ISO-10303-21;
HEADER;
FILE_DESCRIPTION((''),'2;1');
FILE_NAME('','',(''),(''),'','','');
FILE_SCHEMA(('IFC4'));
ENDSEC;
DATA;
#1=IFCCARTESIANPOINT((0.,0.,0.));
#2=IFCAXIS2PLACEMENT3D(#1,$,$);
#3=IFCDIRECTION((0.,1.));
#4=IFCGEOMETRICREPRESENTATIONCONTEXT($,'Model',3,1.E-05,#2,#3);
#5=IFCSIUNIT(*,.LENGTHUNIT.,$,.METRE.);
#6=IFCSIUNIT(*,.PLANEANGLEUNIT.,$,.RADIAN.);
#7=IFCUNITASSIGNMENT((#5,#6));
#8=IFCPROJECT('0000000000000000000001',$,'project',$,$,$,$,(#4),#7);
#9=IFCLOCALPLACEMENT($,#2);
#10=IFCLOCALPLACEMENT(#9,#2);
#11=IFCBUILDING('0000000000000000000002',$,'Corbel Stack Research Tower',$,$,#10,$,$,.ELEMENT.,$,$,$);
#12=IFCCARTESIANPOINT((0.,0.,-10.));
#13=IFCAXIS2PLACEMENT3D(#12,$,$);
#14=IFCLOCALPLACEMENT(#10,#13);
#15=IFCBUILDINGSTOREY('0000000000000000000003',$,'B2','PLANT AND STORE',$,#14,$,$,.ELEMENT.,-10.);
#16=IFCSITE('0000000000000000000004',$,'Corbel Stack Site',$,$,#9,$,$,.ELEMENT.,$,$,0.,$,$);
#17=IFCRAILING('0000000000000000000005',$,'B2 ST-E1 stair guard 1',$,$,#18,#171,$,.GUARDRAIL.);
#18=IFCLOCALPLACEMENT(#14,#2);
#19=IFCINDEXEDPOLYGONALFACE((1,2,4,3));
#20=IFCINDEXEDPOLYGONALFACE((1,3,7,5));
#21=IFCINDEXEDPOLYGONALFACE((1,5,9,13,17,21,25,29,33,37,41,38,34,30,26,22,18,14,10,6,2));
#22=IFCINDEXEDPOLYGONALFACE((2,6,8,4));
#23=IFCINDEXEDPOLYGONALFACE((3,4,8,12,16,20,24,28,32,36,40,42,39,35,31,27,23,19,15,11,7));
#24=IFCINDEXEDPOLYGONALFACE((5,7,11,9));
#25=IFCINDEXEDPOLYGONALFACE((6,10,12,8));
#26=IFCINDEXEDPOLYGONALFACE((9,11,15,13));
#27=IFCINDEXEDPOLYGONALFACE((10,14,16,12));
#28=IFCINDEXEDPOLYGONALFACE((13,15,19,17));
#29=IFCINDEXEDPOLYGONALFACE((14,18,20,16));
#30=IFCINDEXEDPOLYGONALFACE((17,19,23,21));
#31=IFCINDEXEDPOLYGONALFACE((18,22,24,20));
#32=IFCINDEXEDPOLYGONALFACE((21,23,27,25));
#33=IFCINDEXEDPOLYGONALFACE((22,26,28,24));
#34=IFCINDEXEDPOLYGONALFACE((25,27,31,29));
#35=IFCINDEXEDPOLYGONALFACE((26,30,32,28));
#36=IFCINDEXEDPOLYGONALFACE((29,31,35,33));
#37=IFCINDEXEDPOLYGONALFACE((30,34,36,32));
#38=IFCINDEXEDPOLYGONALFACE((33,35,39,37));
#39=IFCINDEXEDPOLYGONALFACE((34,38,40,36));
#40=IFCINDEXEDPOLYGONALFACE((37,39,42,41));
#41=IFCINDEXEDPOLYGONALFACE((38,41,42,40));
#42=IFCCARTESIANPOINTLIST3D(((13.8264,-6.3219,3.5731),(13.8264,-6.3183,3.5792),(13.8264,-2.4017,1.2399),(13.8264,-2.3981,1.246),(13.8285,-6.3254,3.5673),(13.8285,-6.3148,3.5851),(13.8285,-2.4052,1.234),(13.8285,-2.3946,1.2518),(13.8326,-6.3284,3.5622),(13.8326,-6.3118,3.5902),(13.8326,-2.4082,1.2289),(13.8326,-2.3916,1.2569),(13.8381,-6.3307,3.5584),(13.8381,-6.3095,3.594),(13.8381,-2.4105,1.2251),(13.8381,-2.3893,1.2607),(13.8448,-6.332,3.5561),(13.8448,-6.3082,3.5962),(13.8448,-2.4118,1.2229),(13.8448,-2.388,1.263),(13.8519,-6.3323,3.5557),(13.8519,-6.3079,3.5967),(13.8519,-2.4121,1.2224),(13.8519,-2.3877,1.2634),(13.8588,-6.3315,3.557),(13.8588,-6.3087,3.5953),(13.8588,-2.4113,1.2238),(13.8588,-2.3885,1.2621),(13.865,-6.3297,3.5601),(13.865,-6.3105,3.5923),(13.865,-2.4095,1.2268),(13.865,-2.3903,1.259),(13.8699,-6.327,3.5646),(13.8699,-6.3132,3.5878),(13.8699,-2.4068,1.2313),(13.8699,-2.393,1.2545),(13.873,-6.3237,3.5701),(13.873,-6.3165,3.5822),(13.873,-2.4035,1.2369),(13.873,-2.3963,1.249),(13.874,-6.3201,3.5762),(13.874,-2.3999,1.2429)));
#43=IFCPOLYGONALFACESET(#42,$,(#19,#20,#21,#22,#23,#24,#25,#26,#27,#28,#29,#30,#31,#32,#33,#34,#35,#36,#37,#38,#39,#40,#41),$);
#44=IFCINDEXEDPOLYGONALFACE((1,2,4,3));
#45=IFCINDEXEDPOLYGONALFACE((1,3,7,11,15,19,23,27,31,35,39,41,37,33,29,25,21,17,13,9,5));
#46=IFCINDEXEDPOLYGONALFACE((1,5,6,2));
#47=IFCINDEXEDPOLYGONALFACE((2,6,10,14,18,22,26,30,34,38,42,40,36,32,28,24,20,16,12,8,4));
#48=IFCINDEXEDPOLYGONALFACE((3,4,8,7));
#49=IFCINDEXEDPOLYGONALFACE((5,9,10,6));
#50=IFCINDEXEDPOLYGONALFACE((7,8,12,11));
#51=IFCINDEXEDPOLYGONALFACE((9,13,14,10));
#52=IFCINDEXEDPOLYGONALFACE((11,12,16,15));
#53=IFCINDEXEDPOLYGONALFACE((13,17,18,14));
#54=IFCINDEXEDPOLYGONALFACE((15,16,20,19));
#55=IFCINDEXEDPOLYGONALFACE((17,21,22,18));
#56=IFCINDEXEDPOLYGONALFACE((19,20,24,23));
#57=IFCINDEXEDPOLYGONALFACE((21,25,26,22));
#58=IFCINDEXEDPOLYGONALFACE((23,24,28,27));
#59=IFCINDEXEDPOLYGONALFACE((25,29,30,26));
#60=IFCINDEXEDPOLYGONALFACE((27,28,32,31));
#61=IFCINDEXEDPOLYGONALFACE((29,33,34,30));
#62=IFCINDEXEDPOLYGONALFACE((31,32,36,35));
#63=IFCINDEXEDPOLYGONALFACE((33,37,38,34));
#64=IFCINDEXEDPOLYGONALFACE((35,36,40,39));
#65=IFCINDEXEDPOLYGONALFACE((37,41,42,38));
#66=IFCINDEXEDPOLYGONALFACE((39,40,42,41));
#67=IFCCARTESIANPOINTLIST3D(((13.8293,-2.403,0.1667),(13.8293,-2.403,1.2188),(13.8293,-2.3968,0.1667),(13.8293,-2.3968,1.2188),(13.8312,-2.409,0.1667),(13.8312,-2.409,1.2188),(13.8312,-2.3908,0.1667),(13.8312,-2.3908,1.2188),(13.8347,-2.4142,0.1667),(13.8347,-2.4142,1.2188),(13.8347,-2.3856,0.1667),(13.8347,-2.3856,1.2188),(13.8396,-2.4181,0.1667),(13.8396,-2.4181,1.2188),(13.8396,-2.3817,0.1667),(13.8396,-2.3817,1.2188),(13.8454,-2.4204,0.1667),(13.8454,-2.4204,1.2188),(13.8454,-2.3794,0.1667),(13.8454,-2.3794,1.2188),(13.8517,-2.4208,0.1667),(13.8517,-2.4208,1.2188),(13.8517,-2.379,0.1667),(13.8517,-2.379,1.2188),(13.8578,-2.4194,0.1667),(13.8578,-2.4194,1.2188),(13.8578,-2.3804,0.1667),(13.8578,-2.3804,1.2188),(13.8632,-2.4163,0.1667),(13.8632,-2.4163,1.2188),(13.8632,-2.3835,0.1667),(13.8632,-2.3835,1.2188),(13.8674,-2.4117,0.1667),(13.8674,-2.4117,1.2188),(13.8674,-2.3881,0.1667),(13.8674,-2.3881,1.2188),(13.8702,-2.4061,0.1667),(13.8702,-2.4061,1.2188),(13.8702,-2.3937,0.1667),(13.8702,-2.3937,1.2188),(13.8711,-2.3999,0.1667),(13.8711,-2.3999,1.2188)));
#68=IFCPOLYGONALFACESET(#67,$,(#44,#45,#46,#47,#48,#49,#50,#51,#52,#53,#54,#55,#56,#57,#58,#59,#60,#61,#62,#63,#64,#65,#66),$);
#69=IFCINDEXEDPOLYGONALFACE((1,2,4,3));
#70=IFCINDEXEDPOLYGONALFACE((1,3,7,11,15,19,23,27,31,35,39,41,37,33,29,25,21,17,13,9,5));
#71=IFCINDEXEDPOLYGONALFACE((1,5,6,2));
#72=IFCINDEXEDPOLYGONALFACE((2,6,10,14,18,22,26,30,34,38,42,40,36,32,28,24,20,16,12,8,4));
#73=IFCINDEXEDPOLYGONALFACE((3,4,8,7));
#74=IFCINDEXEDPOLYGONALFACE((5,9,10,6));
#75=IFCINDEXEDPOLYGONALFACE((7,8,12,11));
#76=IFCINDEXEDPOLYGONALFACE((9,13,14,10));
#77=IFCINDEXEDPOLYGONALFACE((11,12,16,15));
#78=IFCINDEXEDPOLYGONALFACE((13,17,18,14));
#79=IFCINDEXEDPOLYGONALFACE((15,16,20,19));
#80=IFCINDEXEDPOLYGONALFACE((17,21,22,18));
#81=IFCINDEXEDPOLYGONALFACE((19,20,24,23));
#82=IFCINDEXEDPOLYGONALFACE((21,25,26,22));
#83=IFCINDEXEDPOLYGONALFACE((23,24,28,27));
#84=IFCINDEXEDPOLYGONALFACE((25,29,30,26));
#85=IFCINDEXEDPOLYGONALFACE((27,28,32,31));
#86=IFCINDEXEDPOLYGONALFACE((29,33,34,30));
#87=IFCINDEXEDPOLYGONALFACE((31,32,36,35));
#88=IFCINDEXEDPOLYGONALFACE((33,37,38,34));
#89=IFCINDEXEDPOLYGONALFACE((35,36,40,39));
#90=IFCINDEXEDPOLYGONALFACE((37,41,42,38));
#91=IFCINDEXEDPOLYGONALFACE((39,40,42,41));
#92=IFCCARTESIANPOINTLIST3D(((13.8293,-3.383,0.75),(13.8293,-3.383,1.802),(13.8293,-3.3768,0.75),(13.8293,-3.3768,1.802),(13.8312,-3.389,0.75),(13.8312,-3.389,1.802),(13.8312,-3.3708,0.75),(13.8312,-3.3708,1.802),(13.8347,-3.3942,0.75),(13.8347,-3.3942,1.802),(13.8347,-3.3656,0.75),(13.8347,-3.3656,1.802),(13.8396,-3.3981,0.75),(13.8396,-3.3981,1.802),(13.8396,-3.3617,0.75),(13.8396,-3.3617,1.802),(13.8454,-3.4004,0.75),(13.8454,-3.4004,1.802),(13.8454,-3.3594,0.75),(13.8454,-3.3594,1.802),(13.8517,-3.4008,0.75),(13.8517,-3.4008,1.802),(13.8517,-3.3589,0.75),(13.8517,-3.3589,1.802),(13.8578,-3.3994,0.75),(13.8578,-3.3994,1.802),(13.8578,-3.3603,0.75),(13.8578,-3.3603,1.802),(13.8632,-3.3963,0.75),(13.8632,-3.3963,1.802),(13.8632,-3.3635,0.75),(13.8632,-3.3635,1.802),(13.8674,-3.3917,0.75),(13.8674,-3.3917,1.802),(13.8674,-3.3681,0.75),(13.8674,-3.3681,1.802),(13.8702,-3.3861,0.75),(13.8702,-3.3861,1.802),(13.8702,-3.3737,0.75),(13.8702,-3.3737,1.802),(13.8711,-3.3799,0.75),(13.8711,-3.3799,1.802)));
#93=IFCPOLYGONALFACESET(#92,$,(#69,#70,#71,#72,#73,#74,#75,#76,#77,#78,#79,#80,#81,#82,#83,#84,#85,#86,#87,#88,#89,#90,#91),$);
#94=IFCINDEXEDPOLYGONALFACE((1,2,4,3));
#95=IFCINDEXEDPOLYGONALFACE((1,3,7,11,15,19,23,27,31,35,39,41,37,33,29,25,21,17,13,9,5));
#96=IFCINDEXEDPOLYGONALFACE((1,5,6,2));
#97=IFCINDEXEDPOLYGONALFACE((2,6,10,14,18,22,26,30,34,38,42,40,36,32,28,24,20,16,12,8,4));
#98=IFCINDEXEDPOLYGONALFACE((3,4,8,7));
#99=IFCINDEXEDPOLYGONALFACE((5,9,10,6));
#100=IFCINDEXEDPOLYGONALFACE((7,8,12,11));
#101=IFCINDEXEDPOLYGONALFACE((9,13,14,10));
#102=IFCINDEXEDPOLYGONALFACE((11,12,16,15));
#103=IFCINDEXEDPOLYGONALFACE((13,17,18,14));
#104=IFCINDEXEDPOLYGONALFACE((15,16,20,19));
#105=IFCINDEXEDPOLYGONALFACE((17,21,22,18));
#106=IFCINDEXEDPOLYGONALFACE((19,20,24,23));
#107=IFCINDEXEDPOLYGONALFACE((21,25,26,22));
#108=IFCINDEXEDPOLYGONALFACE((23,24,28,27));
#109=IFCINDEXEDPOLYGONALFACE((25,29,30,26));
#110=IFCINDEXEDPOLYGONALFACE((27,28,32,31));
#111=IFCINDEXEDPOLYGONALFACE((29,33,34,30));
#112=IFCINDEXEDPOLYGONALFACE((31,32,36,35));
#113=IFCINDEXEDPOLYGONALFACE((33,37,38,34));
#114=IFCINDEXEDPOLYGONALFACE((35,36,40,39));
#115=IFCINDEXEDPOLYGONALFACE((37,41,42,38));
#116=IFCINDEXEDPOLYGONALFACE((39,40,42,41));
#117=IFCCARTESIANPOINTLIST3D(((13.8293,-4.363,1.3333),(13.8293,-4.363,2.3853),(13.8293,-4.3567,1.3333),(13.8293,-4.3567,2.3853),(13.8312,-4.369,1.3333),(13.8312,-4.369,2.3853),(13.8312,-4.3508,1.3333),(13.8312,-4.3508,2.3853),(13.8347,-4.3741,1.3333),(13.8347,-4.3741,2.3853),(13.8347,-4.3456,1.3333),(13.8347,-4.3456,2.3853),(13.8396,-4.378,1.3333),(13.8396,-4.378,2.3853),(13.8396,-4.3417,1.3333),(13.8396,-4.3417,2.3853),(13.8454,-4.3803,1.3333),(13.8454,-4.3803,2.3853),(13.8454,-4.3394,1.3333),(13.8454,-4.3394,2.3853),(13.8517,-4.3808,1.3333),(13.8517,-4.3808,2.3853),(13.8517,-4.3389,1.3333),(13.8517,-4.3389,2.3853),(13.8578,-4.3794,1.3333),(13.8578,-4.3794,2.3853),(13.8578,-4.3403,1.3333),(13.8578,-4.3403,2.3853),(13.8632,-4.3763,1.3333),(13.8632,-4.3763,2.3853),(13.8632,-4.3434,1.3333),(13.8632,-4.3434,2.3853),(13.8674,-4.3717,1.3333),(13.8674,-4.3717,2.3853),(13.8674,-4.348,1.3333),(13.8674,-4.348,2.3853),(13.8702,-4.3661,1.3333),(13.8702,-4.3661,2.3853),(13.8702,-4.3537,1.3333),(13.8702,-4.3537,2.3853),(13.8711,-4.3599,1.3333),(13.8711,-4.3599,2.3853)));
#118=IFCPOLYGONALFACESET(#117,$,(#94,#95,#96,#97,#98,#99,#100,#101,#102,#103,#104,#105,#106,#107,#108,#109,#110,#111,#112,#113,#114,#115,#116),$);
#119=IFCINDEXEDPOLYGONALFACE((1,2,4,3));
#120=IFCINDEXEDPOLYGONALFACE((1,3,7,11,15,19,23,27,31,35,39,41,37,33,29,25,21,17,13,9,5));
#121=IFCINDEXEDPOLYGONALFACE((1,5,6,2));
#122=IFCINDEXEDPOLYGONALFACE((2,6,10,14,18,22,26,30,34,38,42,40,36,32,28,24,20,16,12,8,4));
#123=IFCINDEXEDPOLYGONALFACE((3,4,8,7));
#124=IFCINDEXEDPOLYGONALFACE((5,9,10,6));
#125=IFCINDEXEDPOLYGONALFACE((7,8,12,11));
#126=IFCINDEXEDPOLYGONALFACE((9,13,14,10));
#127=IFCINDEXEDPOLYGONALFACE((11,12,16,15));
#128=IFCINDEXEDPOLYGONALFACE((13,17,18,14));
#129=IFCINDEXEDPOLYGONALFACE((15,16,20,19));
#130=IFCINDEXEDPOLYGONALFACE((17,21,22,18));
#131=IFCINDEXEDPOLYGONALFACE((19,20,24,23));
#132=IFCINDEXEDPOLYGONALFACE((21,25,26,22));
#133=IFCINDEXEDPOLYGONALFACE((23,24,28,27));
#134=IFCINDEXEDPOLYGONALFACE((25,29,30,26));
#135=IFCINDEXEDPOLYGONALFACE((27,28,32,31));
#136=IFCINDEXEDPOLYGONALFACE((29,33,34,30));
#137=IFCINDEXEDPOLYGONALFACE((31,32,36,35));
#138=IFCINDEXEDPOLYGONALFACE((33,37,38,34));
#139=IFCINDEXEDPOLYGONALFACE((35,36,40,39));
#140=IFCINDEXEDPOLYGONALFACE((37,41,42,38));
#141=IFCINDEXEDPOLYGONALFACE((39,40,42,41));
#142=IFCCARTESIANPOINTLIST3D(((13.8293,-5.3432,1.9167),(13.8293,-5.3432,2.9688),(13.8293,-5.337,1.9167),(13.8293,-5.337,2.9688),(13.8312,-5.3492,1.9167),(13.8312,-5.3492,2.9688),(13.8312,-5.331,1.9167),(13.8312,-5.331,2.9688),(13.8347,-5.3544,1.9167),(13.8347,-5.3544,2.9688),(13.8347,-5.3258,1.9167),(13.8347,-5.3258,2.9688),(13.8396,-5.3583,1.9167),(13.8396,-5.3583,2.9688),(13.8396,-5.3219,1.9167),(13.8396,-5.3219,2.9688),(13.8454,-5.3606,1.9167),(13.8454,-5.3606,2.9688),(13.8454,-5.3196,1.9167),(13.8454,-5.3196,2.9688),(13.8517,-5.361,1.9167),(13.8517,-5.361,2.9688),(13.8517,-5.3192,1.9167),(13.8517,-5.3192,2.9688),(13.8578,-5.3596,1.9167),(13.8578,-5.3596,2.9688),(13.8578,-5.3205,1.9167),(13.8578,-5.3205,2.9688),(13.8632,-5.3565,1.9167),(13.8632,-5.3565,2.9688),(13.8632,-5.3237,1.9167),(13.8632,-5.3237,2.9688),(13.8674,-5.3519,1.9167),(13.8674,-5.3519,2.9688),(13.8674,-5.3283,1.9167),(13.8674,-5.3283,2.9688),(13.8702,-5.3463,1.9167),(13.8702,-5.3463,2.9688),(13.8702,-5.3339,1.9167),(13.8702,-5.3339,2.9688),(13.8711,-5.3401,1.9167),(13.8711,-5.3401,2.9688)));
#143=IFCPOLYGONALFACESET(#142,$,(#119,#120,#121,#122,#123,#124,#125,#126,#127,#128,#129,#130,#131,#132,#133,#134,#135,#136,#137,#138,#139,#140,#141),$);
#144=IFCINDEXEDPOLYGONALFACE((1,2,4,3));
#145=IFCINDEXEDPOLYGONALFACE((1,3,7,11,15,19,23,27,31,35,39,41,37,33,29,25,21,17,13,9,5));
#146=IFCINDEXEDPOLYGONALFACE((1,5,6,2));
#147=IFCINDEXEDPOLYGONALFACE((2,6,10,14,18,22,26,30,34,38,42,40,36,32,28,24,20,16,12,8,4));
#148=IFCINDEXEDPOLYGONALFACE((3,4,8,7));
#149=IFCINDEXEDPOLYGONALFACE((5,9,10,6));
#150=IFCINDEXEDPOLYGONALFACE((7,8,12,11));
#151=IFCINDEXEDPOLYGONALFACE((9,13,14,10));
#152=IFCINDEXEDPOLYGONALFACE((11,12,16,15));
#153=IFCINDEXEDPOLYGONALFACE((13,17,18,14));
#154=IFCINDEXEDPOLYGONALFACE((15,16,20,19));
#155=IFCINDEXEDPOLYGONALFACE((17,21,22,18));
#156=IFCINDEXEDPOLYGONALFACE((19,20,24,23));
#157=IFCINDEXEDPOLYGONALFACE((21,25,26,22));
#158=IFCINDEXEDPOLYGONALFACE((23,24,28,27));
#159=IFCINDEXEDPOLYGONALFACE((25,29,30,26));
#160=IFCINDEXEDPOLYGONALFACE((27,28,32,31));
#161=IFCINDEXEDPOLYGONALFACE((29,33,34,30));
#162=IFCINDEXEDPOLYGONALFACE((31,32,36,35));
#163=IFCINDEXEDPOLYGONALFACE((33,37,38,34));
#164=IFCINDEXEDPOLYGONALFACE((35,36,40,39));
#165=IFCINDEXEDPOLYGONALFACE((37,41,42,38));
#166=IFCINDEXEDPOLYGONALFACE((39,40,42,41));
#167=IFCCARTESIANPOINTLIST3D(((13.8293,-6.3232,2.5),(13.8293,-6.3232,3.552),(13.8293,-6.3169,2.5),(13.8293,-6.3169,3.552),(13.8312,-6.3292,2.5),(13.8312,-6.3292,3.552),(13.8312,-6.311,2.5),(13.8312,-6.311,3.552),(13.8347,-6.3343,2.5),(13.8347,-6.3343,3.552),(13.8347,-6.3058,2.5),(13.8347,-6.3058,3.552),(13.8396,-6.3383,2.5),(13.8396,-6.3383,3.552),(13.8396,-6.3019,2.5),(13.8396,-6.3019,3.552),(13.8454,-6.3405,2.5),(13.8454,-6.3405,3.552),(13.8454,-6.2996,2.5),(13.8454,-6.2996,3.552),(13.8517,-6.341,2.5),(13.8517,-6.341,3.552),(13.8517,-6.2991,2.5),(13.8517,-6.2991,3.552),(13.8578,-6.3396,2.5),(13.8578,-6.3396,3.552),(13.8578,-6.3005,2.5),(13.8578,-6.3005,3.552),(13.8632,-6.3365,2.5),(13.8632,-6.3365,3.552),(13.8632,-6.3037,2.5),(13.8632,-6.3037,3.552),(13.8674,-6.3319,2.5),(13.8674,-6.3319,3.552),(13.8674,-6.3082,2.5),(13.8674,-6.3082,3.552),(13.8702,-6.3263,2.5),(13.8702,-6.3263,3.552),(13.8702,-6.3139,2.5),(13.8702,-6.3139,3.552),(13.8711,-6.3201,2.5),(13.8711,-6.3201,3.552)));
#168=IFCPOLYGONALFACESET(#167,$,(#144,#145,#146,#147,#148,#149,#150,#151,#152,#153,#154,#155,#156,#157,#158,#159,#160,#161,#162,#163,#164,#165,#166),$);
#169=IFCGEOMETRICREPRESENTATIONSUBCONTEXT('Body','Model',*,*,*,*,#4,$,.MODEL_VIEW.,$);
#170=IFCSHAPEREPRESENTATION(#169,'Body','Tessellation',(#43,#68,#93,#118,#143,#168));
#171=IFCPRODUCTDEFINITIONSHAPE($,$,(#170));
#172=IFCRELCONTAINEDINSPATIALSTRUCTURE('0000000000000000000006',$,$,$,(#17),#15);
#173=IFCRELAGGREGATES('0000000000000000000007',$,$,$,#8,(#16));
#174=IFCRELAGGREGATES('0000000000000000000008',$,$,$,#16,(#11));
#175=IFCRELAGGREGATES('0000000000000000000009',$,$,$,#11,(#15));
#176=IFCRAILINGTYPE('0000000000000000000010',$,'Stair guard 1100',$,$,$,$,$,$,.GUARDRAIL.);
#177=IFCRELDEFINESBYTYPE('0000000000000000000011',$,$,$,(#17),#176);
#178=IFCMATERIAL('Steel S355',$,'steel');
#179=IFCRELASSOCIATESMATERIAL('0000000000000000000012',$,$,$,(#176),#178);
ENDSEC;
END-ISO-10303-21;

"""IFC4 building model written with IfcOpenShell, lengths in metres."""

from ifc_helpers import new_model, si_unit, direction, frame, origin, origin_2d, place, context, subcontext, project, spatial, circle, extrude, material, type_object, element, save


model = new_model("IFC4")

# Units and contexts
model_context = context("Model", 3, precision=1e-05, world=origin(), true_north=direction((0.0, 1.0)))
body_context = subcontext(model_context, "Body", "Model", "MODEL_VIEW")
ifc_project = project(units=[si_unit("LENGTHUNIT", "METRE"), si_unit("PLANEANGLEUNIT", "RADIAN")], contexts=[model_context])

# Site, building, storey
site_placement = place(None, origin())
site = spatial("IfcSite", under=ifc_project, at=site_placement, Name="Corbel Stack Site", CompositionType="ELEMENT", RefElevation=0.0)
building_placement = place(site_placement, origin())
building = spatial("IfcBuilding", under=site, at=building_placement, Name="Corbel Stack Research Tower", CompositionType="ELEMENT")
storey_placement = place(building_placement, frame((0.0, 0.0, -10.0)))
storey = spatial("IfcBuildingStorey", under=building, at=storey_placement, Name="B2", Description="PLANT AND STORE", CompositionType="ELEMENT", Elevation=-10.0)

# Railing
ifc_material_1 = material(Name="Steel S355", Category="steel")
railing_type_1 = type_object("IfcRailingType", Name="Stair guard 1100", PredefinedType="GUARDRAIL", material=ifc_material_1)
railing_1_placement = place(storey_placement, frame((13.8501, -2.3999, 0.1667)))
element("IfcRailing", 1, at=railing_1_placement, inside=storey, type_object=railing_type_1, Name="B2 ST-E1 stair guard 1", PredefinedType="GUARDRAIL", context=body_context, shape_type="SweptSolid", body=[
    extrude(circle(Radius=0.0239, at=origin_2d()), frame((0.0, 0.0, 1.0762), z_axis=(0.0, -0.85931, 0.511455), x_axis=(1.0, 0.0, 0.0)), (0.0, 0.0, 1.0), 4.562),
    extrude(circle(Radius=0.021, at=origin_2d()), origin(), (0.0, 0.0, 1.0), 1.052),
    extrude(circle(Radius=0.021, at=origin_2d()), frame((0.0, -0.98, 0.5833)), (0.0, 0.0, 1.0), 1.052),
    extrude(circle(Radius=0.021, at=origin_2d()), frame((0.0, -1.96, 1.1665)), (0.0, 0.0, 1.0), 1.052),
    extrude(circle(Radius=0.021, at=origin_2d()), frame((0.0, -2.9402, 1.75)), (0.0, 0.0, 1.0), 1.052),
    extrude(circle(Radius=0.021, at=origin_2d()), frame((0.0, -3.9202, 2.3333)), (0.0, 0.0, 1.0), 1.052),
])

save(model, "model.ifc")
